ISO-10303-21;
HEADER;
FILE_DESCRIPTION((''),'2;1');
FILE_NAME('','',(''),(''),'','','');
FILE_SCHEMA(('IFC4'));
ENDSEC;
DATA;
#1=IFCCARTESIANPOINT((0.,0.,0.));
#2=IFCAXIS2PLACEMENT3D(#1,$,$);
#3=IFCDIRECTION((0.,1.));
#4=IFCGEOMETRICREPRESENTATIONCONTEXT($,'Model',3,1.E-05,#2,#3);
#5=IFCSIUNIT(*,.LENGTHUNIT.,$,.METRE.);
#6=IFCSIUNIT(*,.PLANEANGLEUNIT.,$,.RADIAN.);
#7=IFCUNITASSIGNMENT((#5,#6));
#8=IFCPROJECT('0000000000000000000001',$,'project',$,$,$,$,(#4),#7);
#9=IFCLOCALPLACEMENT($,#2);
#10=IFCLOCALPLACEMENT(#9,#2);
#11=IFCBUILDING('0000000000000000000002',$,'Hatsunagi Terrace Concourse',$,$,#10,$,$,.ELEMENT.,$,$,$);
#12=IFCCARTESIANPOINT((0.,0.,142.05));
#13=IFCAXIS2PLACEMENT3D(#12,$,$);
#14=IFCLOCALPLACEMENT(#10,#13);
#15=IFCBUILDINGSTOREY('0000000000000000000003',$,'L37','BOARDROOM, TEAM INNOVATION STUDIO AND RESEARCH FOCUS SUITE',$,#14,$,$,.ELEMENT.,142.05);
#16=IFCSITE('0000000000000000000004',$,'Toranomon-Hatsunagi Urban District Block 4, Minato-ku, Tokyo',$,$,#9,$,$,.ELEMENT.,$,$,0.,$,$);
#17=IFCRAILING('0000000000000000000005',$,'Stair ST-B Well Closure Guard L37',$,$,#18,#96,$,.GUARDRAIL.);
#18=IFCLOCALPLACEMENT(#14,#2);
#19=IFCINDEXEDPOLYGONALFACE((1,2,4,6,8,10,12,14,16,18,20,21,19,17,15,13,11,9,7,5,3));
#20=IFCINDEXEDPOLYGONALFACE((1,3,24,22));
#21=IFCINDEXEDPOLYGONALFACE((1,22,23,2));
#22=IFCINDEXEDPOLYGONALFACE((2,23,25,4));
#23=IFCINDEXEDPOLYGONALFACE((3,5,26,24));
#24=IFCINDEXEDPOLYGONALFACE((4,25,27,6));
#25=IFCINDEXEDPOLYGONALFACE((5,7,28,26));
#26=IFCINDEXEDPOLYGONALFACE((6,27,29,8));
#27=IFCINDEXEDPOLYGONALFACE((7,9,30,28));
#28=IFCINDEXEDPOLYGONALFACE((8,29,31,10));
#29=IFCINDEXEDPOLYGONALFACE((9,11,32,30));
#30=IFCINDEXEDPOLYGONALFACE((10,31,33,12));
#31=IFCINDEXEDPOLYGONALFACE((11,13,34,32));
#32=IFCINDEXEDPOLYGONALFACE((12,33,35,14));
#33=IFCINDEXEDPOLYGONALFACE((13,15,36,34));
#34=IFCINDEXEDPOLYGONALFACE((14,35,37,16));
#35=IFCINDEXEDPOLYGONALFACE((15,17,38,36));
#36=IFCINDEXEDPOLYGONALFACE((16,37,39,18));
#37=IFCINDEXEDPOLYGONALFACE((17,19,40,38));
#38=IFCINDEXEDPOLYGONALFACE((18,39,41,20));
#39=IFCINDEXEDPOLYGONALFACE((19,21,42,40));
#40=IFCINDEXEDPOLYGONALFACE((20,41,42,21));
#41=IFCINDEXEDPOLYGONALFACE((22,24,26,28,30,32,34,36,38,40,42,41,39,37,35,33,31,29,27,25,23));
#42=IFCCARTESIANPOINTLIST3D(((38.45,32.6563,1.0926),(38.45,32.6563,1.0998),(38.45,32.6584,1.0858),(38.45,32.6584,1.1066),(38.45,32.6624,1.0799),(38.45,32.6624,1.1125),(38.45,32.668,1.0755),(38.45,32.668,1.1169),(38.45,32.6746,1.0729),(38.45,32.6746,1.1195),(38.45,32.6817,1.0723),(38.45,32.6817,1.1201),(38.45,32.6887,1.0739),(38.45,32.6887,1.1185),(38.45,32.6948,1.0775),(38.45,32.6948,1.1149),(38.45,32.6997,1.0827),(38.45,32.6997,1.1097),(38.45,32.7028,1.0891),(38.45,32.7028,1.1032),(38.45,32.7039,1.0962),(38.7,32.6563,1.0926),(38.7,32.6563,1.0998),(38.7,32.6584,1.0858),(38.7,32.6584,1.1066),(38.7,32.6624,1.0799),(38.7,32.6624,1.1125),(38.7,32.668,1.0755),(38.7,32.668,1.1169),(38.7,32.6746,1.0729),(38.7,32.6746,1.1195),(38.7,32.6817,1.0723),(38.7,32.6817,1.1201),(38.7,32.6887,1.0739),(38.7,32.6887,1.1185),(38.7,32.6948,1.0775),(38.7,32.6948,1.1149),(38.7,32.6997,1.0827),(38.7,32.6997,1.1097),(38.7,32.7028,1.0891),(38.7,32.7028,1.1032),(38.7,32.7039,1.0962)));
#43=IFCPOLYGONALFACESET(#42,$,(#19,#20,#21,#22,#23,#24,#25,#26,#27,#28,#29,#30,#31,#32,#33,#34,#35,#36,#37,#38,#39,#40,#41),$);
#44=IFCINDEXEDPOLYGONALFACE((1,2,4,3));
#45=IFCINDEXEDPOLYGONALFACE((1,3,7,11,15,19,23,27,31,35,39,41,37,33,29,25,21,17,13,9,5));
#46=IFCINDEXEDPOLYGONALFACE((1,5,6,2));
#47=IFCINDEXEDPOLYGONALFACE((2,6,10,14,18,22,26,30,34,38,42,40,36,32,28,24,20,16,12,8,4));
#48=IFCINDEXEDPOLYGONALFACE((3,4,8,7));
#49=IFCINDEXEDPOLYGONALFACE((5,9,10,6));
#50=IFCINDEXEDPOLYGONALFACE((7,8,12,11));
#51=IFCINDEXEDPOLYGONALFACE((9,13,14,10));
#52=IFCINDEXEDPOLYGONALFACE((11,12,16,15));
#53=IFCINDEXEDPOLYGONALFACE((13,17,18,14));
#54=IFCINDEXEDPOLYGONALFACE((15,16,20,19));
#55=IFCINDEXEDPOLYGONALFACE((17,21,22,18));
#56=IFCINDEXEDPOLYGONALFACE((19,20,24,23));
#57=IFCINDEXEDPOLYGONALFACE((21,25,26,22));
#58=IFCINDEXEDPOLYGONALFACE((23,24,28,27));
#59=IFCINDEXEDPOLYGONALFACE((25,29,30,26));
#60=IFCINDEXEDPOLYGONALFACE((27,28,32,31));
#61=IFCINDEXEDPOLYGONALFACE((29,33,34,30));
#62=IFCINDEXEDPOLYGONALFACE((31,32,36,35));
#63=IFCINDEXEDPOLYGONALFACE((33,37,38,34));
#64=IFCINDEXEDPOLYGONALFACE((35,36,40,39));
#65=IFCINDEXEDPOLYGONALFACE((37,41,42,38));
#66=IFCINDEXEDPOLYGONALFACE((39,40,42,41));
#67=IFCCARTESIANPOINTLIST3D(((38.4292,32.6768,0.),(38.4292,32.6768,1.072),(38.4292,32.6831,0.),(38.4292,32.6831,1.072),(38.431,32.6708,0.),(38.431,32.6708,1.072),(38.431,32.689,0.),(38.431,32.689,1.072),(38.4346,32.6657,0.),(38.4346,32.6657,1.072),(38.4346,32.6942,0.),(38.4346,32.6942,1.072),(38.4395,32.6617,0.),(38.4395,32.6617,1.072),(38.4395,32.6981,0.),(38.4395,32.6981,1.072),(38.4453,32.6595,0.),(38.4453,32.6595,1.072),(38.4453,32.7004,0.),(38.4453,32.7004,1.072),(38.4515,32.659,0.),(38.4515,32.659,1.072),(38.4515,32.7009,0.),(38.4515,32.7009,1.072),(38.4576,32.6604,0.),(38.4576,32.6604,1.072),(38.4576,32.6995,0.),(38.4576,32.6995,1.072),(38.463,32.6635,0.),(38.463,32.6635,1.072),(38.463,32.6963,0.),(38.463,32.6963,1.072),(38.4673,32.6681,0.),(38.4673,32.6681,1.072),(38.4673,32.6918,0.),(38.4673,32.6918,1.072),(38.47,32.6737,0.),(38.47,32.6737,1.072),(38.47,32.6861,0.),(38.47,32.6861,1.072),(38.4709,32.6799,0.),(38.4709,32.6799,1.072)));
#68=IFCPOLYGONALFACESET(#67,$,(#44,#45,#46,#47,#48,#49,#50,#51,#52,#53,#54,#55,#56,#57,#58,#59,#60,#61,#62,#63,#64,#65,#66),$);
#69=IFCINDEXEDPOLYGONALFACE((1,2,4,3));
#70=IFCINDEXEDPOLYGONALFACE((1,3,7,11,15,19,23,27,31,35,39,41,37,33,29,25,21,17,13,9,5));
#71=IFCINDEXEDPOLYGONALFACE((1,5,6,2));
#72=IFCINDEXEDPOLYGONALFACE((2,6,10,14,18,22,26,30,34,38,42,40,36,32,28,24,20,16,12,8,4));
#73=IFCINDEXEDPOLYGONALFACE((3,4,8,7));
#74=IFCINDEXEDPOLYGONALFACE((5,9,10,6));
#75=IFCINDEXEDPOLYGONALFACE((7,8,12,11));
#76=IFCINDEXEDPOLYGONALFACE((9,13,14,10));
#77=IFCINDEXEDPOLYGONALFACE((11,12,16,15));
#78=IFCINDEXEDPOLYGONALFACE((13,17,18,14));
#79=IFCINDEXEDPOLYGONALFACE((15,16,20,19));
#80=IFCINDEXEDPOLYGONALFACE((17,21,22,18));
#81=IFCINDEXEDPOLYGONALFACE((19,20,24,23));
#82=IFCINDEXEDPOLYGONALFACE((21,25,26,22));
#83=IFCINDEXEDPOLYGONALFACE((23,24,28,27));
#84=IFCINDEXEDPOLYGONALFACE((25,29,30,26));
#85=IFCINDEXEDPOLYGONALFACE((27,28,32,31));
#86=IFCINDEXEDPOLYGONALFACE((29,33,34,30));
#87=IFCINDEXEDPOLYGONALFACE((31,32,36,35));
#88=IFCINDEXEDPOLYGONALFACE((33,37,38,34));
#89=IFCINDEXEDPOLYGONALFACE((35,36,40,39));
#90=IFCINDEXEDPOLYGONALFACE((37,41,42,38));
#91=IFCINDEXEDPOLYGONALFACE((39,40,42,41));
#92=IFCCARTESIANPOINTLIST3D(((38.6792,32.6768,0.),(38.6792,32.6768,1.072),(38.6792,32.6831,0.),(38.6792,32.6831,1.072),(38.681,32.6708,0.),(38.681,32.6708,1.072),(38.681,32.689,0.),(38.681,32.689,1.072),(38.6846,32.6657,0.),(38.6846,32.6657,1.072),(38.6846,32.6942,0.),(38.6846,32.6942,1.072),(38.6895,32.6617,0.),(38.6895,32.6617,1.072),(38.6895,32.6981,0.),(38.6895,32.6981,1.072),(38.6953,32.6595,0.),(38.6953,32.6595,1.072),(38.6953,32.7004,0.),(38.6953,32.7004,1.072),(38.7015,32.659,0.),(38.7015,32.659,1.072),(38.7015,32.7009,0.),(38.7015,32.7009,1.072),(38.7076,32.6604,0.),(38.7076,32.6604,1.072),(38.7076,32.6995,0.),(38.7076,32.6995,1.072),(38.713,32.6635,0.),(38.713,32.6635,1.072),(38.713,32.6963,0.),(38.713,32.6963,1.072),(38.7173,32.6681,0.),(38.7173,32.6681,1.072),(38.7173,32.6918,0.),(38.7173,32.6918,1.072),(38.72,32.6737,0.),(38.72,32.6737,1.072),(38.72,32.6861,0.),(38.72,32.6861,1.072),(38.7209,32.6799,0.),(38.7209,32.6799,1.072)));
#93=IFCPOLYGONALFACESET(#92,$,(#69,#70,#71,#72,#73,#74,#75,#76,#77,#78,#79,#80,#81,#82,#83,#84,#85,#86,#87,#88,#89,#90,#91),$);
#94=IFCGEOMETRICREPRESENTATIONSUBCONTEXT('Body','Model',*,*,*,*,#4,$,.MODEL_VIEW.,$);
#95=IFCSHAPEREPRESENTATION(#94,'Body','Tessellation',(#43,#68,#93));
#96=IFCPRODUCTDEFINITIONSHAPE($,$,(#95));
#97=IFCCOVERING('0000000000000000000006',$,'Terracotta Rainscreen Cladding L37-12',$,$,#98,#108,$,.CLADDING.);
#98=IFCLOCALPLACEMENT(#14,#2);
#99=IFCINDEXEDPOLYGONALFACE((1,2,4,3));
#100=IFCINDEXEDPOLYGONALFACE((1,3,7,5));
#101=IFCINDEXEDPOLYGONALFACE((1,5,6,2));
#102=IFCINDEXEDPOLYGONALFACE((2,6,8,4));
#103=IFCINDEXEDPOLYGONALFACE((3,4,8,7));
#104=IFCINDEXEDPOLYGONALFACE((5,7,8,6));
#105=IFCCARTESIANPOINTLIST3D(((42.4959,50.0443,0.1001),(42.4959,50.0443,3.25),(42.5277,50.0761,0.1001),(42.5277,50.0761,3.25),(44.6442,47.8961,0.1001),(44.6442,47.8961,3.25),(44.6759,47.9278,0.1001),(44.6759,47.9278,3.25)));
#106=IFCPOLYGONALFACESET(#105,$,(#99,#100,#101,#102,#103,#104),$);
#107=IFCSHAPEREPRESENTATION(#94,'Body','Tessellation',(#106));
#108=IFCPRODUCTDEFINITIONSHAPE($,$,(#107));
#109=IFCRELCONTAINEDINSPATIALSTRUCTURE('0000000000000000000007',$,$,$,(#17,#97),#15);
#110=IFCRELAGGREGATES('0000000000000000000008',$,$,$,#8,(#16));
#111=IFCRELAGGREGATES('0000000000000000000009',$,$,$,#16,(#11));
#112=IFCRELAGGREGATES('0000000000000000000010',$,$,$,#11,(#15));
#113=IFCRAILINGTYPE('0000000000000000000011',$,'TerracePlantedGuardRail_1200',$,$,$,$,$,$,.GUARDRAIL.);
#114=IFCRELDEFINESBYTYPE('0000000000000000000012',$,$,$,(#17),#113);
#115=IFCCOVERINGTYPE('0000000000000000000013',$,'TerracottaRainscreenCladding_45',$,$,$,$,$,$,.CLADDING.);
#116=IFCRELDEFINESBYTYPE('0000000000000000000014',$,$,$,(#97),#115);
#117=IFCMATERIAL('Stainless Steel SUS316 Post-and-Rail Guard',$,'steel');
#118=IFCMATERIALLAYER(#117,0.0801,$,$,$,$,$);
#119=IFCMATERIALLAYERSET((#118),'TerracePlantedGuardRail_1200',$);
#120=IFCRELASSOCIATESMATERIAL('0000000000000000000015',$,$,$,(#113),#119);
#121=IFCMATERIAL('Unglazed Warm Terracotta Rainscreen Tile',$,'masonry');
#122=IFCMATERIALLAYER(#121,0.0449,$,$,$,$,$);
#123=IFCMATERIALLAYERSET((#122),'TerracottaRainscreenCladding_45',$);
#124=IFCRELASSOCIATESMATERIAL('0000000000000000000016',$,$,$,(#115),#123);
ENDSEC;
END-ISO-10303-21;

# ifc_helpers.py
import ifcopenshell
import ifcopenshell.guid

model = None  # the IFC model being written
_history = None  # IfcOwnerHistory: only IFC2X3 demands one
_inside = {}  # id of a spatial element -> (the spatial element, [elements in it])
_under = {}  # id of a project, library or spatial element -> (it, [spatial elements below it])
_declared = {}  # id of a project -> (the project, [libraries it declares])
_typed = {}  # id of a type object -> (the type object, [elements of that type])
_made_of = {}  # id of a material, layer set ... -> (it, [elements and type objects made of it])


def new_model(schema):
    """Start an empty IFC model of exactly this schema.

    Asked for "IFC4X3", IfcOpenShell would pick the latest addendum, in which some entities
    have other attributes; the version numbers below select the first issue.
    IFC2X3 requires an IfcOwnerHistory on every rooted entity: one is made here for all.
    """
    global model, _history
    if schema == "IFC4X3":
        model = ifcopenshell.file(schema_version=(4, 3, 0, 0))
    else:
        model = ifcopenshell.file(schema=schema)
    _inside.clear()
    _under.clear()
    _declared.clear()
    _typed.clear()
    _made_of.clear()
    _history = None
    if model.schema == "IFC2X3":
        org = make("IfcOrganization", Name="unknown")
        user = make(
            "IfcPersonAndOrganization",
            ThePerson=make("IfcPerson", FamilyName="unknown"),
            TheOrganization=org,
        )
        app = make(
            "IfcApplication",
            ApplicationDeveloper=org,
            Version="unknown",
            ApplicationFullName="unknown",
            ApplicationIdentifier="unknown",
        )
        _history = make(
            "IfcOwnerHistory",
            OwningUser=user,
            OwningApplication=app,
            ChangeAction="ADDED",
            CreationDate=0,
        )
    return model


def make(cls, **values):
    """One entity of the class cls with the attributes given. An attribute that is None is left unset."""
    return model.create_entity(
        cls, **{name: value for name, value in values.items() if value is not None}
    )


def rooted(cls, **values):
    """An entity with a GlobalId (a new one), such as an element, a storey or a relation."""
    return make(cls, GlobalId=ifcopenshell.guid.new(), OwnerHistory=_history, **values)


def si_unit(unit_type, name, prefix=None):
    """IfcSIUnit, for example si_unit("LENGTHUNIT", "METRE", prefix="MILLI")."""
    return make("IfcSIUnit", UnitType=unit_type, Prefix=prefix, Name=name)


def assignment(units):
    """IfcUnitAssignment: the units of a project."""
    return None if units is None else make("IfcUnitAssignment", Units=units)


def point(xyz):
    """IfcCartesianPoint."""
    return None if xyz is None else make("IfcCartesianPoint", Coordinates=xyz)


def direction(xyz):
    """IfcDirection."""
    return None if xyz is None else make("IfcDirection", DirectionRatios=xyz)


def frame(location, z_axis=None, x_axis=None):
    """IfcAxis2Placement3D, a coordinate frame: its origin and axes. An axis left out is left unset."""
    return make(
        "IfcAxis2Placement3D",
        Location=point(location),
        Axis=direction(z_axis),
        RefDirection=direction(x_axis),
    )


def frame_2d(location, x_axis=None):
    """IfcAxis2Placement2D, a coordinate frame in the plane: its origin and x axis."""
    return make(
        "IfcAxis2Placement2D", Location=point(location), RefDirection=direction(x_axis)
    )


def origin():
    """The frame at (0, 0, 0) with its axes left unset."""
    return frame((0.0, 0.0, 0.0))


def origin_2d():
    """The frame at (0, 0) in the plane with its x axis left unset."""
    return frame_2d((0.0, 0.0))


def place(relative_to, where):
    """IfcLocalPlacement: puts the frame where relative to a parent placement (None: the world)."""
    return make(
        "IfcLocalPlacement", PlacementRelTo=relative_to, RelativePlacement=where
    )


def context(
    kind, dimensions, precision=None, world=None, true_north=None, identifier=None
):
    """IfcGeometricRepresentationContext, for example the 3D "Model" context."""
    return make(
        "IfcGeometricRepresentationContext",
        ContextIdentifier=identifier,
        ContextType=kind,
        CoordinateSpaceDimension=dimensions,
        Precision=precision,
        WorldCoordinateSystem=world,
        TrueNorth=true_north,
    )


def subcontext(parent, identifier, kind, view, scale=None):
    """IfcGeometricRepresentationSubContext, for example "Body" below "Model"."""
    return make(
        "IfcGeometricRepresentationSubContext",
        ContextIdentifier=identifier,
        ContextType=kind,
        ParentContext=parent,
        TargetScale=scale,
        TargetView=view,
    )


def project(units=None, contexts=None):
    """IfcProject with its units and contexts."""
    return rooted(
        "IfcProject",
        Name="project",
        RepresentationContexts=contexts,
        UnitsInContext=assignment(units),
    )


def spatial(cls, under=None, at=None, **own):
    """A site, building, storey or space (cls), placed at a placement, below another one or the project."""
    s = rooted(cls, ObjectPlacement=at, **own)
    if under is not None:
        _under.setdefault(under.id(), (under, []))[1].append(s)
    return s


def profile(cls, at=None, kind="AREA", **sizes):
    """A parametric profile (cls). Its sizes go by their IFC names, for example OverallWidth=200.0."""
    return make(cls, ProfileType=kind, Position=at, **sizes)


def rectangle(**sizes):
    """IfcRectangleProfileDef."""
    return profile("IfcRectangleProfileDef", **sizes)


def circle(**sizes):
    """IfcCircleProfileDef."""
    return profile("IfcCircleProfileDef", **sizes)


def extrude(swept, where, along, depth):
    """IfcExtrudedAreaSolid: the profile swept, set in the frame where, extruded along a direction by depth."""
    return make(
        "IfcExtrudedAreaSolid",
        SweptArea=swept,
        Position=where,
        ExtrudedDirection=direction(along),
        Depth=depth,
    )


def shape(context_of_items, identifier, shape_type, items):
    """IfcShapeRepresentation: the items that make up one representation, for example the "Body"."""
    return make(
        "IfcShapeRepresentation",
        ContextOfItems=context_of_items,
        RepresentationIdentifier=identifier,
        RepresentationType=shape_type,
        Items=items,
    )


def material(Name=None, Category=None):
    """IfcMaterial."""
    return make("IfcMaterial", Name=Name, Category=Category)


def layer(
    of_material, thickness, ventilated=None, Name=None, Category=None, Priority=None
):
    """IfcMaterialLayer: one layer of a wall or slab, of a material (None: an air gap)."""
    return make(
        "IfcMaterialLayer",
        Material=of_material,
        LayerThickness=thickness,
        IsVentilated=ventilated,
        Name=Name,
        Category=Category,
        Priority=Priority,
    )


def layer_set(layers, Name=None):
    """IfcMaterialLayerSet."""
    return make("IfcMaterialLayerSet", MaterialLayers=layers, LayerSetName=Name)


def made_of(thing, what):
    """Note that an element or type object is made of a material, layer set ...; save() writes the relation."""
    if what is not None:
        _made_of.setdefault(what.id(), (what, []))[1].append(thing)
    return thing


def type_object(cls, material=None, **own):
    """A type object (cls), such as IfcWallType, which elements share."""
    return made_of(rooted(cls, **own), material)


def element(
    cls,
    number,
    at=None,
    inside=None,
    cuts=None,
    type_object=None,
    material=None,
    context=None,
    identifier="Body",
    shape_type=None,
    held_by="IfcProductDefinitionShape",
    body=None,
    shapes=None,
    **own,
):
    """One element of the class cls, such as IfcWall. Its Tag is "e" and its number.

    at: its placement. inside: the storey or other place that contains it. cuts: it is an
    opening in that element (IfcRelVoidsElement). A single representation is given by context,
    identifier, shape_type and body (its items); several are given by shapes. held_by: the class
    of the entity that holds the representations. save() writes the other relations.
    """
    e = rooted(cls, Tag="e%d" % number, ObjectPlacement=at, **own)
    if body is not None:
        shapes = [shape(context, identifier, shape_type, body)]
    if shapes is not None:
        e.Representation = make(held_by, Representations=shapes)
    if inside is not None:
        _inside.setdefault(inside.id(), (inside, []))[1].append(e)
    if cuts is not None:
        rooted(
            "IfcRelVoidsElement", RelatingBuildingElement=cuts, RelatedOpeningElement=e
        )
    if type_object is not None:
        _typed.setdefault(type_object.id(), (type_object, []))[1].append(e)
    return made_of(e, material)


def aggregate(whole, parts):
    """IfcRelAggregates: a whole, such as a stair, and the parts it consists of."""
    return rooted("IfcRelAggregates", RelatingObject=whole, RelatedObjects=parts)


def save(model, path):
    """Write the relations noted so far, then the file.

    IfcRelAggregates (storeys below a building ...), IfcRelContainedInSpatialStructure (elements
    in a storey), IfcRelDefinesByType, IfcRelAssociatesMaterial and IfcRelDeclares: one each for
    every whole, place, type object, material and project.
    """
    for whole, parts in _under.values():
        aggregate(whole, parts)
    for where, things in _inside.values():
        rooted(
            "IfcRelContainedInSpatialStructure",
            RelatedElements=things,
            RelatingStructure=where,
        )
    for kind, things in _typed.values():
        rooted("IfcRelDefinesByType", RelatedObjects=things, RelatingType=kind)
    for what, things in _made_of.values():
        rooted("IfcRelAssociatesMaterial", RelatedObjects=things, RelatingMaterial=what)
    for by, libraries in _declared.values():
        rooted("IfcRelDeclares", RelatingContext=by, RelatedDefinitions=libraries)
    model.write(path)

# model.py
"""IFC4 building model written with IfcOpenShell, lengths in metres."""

from ifc_helpers import new_model, si_unit, direction, frame, origin, origin_2d, place, context, subcontext, project, spatial, rectangle, circle, extrude, material, layer, layer_set, type_object, element, save


model = new_model("IFC4")

# Units and contexts
model_context = context("Model", 3, precision=1e-05, world=origin(), true_north=direction((0.0, 1.0)))
body_context = subcontext(model_context, "Body", "Model", "MODEL_VIEW")
ifc_project = project(units=[si_unit("LENGTHUNIT", "METRE"), si_unit("PLANEANGLEUNIT", "RADIAN")], contexts=[model_context])

# Site, building, storey
site_placement = place(None, origin())
site = spatial("IfcSite", under=ifc_project, at=site_placement, Name="Toranomon-Hatsunagi Urban District Block 4, Minato-ku, Tokyo", CompositionType="ELEMENT", RefElevation=0.0)
building_placement = place(site_placement, origin())
building = spatial("IfcBuilding", under=site, at=building_placement, Name="Hatsunagi Terrace Concourse", CompositionType="ELEMENT")
storey_placement = place(building_placement, frame((0.0, 0.0, 142.05)))
storey = spatial("IfcBuildingStorey", under=building, at=storey_placement, Name="L37", Description="BOARDROOM, TEAM INNOVATION STUDIO AND RESEARCH FOCUS SUITE", CompositionType="ELEMENT", Elevation=142.05)

# Railing
ifc_material_1 = material(Name="Stainless Steel SUS316 Post-and-Rail Guard", Category="steel")
ifc_layer_1 = layer(ifc_material_1, 0.0801)
ifc_layer_set_1 = layer_set([ifc_layer_1], Name="TerracePlantedGuardRail_1200")
railing_type_1 = type_object("IfcRailingType", Name="TerracePlantedGuardRail_1200", PredefinedType="GUARDRAIL", material=ifc_layer_set_1)
railing_1_placement = place(storey_placement, frame((38.45, 32.6799, 0.0)))
element("IfcRailing", 1, at=railing_1_placement, inside=storey, type_object=railing_type_1, Name="Stair ST-B Well Closure Guard L37", PredefinedType="GUARDRAIL", context=body_context, shape_type="SweptSolid", body=[
    extrude(circle(Radius=0.0239, at=origin_2d()), frame((0.0, 0.0, 1.0962), z_axis=(1.0, 0.0, 0.0), x_axis=(0.0, 1.0, 0.0)), (0.0, 0.0, 1.0), 0.25),
    extrude(circle(Radius=0.021, at=origin_2d()), origin(), (0.0, 0.0, 1.0), 1.072),
    extrude(circle(Radius=0.021, at=origin_2d()), frame((0.25, 0.0, 0.0)), (0.0, 0.0, 1.0), 1.072),
])

# Covering
ifc_material_2 = material(Name="Unglazed Warm Terracotta Rainscreen Tile", Category="masonry")
ifc_layer_2 = layer(ifc_material_2, 0.0449)
ifc_layer_set_2 = layer_set([ifc_layer_2], Name="TerracottaRainscreenCladding_45")
covering_type = type_object("IfcCoveringType", Name="TerracottaRainscreenCladding_45", PredefinedType="CLADDING", material=ifc_layer_set_2)
covering_placement = place(storey_placement, frame((43.5859, 48.9861, 0.1001), z_axis=(0.0, 0.0, 1.0), x_axis=(0.707107, -0.707107, 0.0)))
element("IfcCovering", 2, at=covering_placement, inside=storey, type_object=covering_type, Name="Terracotta Rainscreen Cladding L37-12", PredefinedType="CLADDING", context=body_context, shape_type="SweptSolid", body=[
    extrude(rectangle(XDim=3.0381, YDim=0.0449, at=origin_2d()), origin(), (0.0, 0.0, 1.0), 3.1499),
])

save(model, "model.ifc")
